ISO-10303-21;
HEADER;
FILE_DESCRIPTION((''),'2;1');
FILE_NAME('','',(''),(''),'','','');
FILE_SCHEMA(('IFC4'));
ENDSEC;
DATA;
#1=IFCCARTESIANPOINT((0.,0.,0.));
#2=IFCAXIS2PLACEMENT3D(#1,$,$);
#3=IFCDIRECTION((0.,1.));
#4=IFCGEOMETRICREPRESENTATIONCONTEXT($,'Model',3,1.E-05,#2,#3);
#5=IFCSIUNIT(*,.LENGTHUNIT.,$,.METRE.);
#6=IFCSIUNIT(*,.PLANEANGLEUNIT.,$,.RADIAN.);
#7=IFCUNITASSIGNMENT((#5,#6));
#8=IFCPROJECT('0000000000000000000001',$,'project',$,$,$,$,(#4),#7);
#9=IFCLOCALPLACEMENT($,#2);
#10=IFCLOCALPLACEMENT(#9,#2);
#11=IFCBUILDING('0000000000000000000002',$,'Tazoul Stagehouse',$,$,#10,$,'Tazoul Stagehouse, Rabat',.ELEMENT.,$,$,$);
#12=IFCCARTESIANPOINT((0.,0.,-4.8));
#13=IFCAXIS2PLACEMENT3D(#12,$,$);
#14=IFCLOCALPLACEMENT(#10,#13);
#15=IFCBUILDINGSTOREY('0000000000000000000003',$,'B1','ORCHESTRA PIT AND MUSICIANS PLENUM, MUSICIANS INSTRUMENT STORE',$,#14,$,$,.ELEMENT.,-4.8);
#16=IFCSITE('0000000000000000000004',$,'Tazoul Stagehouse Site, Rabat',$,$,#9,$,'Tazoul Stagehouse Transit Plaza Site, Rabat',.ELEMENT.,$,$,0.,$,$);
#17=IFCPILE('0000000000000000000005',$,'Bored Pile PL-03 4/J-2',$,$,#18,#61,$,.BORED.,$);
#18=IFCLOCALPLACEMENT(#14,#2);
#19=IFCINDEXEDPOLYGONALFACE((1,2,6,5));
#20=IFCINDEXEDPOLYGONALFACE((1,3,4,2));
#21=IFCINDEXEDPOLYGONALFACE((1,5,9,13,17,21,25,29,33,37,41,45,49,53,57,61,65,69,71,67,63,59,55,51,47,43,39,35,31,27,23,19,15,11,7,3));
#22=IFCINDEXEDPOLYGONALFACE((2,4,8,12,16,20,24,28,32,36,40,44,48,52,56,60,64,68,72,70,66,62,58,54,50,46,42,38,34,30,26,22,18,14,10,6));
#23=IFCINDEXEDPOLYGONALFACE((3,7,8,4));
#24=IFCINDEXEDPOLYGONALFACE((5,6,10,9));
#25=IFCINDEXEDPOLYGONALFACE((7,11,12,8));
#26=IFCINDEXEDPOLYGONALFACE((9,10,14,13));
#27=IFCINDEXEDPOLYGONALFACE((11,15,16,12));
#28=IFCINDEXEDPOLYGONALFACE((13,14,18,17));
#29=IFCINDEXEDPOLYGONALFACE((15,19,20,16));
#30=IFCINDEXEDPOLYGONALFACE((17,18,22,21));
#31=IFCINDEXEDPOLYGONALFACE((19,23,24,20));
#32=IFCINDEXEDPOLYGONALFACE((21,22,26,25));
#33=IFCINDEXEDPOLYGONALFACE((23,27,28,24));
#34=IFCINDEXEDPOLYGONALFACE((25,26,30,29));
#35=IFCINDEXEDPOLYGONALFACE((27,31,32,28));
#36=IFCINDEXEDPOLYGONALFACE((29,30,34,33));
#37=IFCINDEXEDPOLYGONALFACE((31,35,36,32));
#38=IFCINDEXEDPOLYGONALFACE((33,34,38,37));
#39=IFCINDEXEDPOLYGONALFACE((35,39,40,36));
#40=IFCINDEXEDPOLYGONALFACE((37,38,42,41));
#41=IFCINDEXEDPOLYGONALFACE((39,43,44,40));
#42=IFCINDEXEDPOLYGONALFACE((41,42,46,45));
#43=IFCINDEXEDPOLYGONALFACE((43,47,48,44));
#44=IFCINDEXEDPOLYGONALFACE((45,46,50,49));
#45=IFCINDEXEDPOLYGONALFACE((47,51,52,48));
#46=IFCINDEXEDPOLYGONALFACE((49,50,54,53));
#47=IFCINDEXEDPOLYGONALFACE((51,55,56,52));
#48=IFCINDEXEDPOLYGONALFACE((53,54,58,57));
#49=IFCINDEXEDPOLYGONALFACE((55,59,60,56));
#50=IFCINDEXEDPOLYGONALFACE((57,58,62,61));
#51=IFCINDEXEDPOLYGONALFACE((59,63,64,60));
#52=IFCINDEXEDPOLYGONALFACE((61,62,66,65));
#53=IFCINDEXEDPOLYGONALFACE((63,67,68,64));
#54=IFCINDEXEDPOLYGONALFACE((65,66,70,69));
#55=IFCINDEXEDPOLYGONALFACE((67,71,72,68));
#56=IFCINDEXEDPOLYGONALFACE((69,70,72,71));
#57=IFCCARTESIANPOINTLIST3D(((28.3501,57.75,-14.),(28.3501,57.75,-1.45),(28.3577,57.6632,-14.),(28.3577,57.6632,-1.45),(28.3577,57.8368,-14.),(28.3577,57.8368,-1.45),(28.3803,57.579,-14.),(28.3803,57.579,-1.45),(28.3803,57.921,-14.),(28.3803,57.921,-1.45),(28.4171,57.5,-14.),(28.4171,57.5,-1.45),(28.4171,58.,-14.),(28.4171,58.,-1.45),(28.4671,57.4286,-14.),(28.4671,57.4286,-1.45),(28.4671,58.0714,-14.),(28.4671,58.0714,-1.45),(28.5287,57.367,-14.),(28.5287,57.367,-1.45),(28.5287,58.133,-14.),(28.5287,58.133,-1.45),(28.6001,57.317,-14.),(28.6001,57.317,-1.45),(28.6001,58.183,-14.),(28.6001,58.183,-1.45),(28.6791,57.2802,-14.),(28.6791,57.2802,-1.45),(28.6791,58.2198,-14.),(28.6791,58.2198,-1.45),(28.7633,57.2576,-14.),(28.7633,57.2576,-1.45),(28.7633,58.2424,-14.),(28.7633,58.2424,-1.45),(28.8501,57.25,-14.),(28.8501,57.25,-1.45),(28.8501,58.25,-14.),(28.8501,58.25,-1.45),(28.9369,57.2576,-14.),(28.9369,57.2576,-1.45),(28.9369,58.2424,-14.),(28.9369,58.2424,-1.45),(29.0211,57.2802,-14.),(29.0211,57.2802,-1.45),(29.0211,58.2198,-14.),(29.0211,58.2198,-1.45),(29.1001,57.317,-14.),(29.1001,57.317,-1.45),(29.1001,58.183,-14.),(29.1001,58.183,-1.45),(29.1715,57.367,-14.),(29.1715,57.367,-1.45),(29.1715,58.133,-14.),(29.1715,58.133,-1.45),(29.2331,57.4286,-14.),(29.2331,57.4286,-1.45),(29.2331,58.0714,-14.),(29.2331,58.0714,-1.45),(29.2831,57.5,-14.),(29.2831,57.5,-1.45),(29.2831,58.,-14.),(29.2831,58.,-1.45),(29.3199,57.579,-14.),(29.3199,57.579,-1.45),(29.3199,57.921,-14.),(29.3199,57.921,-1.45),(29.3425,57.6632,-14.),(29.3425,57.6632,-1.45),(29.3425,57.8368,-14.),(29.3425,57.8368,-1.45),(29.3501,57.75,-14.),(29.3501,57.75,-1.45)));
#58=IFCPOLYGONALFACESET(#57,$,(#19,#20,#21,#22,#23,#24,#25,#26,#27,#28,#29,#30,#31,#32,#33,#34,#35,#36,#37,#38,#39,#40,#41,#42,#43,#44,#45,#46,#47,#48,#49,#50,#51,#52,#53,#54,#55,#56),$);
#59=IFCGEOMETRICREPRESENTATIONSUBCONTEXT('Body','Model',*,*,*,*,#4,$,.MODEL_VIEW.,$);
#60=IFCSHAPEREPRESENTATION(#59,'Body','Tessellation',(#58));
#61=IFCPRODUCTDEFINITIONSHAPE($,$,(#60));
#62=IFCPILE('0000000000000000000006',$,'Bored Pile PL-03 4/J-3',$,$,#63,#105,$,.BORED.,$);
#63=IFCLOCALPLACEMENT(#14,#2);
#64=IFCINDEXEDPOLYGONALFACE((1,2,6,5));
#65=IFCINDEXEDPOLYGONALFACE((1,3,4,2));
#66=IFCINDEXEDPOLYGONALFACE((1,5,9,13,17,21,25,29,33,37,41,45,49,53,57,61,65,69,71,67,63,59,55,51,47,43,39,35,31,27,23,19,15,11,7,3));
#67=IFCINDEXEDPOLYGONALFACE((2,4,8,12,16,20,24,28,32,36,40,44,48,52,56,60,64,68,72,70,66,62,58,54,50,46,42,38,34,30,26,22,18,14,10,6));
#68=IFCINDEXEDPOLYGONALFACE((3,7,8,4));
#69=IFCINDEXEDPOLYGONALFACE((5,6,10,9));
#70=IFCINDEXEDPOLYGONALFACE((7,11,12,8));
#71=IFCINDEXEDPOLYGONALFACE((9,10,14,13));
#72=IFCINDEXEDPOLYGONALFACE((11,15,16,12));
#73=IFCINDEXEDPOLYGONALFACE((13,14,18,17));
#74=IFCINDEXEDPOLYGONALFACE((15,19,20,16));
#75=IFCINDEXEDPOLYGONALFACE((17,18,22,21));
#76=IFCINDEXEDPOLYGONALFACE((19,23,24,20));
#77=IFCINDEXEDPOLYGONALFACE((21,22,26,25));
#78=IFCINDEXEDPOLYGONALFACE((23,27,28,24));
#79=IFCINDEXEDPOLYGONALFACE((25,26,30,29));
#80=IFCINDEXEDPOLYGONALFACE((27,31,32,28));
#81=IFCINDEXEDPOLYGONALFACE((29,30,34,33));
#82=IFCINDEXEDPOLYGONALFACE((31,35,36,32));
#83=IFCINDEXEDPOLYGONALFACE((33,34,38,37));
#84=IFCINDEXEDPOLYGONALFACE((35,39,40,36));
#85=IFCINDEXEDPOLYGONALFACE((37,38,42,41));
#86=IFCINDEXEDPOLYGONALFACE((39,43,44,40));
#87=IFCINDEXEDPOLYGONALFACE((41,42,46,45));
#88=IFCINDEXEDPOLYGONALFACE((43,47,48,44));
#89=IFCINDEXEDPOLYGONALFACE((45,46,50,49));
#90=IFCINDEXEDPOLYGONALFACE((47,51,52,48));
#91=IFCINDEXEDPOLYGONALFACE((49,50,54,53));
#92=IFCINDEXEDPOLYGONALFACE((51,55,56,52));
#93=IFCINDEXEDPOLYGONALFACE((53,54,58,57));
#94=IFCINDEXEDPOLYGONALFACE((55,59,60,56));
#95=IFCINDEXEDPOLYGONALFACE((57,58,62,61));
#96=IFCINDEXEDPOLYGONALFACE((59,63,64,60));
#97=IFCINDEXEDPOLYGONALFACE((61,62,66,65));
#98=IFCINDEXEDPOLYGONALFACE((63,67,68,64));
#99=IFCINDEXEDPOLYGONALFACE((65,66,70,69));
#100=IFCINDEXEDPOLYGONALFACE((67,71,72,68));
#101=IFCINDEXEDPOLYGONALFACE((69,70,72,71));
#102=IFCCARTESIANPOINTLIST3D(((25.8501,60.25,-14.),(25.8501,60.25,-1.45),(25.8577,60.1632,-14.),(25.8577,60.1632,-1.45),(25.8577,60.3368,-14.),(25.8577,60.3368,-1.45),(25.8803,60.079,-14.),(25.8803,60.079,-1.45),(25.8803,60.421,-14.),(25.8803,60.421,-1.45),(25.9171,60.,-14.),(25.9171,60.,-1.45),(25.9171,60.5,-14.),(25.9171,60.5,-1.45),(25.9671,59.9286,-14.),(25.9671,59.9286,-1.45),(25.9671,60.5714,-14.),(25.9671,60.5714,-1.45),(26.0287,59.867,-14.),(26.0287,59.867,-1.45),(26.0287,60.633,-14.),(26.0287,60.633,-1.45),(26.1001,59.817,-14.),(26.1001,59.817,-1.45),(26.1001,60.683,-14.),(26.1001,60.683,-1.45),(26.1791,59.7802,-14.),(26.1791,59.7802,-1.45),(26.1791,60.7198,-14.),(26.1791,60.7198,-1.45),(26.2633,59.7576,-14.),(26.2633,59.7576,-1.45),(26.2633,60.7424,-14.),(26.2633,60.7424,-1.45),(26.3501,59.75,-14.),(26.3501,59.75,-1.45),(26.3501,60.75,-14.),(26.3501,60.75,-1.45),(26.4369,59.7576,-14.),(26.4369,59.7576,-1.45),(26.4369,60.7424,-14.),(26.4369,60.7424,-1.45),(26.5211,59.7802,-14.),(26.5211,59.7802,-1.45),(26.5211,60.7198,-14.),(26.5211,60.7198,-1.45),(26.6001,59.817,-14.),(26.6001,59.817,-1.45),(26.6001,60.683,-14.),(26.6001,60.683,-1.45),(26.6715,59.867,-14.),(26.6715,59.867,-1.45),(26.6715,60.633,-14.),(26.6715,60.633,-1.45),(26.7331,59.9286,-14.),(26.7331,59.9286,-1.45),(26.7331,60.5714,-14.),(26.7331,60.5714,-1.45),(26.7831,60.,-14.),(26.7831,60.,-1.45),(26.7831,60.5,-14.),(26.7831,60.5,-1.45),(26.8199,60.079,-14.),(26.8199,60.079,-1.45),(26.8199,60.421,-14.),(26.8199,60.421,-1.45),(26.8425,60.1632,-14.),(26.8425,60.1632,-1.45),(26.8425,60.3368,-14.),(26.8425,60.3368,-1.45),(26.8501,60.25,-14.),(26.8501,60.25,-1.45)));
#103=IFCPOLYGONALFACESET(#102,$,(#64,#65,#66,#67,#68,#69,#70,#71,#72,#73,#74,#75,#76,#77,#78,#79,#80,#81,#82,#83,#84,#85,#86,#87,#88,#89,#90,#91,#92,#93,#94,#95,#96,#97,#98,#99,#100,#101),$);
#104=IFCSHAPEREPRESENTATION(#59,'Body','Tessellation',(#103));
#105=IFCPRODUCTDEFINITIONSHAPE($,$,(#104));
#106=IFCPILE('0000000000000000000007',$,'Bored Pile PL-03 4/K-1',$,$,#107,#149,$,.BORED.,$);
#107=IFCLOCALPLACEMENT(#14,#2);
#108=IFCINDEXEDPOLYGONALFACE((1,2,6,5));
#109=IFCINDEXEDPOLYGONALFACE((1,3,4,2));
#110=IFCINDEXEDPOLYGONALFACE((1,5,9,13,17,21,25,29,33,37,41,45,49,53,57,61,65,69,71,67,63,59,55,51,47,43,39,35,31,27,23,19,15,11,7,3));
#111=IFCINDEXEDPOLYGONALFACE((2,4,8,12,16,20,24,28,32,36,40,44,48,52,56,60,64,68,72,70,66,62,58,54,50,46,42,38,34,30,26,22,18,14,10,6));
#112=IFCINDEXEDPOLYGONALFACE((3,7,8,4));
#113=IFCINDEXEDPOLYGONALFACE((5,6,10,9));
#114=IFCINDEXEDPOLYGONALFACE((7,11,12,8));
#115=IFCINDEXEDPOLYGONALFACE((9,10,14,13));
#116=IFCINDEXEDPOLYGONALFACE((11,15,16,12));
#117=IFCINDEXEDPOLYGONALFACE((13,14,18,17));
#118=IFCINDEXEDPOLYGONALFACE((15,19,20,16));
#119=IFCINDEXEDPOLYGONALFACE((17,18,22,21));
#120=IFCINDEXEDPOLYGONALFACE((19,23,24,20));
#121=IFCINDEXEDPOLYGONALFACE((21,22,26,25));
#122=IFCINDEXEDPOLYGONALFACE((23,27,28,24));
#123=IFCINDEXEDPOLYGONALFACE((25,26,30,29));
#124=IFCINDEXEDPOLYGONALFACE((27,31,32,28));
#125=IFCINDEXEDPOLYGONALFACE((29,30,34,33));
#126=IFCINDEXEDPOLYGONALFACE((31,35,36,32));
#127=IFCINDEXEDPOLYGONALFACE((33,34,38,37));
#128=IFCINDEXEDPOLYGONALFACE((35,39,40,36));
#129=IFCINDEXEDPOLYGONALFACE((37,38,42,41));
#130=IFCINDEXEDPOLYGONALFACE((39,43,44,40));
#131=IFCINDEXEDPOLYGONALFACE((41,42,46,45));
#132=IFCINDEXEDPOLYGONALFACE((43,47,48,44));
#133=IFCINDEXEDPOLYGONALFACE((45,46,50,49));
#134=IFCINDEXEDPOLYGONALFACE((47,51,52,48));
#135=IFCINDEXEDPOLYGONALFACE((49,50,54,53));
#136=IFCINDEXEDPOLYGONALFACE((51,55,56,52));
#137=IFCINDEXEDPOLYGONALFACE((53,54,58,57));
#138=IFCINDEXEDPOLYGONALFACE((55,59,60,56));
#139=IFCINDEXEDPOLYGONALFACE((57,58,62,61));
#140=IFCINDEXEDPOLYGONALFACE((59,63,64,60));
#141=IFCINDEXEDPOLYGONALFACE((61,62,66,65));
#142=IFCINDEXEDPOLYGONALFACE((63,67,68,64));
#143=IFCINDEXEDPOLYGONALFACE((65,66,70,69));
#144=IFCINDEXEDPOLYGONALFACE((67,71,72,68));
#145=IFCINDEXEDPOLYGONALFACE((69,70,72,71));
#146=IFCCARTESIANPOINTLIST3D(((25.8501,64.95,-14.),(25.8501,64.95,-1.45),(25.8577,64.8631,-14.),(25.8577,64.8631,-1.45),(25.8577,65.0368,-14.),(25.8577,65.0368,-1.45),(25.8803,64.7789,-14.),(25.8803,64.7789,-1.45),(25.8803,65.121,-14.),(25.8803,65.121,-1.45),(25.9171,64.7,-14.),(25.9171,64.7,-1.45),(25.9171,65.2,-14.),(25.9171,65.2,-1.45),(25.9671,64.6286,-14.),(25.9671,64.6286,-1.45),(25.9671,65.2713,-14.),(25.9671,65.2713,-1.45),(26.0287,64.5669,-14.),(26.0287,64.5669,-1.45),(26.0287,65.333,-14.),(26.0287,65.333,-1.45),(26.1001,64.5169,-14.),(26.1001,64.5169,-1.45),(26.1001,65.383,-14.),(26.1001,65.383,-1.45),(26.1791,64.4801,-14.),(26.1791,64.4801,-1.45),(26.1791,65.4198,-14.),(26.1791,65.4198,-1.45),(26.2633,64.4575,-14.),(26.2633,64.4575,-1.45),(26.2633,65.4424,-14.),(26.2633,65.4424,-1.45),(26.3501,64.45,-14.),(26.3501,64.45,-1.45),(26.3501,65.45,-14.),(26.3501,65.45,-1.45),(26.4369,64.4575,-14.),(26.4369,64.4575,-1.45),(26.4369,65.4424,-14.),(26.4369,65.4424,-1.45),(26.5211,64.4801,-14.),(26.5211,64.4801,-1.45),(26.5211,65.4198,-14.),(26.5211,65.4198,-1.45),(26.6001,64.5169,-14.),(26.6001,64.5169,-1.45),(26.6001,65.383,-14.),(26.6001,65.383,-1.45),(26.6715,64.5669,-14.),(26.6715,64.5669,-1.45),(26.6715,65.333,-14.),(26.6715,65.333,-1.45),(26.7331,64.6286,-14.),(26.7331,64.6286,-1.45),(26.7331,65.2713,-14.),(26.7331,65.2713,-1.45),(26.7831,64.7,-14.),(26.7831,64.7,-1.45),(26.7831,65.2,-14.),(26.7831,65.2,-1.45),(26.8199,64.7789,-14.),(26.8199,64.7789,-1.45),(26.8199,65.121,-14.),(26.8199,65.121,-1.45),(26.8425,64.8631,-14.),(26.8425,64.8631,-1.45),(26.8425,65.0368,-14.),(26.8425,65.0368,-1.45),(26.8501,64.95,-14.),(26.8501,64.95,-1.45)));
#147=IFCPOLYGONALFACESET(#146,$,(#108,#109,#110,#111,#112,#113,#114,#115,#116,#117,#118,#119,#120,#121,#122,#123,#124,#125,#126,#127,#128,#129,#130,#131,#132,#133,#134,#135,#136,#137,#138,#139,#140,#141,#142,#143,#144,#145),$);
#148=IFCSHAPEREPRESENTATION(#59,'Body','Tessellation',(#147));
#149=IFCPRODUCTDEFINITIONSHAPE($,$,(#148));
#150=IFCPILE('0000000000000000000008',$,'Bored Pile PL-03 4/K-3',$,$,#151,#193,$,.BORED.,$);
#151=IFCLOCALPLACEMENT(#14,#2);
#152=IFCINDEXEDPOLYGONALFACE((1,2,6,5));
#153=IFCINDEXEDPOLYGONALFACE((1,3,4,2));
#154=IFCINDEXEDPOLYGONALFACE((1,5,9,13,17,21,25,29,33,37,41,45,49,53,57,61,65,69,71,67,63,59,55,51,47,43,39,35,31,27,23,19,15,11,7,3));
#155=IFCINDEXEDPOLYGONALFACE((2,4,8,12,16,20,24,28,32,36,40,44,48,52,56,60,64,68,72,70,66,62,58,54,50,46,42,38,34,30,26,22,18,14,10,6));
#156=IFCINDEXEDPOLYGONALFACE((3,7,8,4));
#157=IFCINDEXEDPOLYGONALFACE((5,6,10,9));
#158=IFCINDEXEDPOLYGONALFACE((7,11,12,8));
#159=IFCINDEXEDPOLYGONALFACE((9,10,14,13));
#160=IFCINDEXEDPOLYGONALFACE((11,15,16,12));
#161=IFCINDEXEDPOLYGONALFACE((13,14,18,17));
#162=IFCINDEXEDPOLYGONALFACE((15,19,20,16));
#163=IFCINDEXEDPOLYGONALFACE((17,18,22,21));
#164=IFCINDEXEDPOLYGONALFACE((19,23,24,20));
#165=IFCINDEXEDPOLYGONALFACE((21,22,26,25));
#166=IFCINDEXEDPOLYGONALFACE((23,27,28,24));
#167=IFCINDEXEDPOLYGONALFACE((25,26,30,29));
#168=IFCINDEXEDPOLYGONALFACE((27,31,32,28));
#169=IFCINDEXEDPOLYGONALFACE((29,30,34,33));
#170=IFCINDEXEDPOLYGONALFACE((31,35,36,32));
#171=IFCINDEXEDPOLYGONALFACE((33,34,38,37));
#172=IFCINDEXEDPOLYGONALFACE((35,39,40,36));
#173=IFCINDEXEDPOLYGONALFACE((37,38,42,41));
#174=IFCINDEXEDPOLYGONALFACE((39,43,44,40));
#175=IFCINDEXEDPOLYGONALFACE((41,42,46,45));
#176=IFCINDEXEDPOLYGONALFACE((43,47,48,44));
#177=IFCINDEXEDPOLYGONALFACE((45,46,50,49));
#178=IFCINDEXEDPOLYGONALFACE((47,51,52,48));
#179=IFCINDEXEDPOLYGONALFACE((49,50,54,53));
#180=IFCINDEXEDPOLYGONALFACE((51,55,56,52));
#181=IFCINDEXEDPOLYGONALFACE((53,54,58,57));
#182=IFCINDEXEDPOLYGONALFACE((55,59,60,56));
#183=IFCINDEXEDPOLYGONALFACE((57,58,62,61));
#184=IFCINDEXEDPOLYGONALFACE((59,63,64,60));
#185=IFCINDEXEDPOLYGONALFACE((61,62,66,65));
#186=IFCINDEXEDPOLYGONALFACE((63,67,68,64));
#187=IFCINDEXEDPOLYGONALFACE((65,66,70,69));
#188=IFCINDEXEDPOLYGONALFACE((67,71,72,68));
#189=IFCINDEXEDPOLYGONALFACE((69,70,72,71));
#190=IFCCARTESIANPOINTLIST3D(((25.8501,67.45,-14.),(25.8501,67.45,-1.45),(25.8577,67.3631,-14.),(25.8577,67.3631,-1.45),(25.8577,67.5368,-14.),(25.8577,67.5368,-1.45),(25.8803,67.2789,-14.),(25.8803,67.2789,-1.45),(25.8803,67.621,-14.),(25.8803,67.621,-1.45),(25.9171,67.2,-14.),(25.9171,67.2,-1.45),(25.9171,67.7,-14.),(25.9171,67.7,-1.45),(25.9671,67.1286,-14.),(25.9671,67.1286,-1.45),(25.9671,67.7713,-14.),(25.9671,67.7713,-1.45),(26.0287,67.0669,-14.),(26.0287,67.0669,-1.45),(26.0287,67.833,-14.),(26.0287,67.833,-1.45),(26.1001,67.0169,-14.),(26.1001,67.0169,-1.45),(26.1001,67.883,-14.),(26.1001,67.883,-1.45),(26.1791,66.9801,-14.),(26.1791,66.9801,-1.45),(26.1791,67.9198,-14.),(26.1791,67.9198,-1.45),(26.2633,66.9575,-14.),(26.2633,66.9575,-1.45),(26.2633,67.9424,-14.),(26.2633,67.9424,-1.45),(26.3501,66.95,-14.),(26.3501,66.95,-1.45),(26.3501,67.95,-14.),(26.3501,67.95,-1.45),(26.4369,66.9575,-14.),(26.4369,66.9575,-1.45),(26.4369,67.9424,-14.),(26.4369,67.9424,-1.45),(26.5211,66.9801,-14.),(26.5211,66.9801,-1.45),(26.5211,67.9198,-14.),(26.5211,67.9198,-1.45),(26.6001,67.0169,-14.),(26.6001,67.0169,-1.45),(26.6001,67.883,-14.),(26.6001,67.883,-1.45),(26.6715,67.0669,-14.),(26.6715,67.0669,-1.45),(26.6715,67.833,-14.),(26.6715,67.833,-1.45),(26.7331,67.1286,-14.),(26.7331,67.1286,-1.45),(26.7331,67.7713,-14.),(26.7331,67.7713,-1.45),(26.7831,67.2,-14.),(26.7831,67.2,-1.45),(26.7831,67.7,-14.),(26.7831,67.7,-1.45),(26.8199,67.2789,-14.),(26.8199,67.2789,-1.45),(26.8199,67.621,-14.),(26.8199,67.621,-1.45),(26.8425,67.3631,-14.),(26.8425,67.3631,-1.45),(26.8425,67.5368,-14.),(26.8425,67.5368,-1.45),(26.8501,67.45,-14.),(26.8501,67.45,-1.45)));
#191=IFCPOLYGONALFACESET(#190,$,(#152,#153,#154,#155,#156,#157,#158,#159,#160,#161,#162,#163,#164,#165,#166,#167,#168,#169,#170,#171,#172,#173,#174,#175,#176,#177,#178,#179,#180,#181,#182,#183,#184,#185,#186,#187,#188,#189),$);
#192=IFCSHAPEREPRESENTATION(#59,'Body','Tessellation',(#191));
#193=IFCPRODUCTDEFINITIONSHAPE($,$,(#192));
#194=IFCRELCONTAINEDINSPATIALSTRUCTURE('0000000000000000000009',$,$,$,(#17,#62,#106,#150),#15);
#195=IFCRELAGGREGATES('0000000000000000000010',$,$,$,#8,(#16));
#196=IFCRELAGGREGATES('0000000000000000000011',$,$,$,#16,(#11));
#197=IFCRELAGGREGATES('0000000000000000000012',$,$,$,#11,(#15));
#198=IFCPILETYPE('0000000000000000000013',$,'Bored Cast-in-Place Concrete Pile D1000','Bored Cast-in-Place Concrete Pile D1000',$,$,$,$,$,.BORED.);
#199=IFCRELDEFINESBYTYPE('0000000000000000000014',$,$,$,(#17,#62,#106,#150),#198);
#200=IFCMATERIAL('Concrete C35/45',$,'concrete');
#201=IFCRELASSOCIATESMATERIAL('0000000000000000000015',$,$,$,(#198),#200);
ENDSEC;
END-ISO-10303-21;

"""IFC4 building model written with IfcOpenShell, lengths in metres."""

from ifc_helpers import new_model, si_unit, direction, frame, origin, origin_2d, place, context, subcontext, project, spatial, circle, extrude, material, material_profile, profile_set, type_object, element, save


model = new_model("IFC4")

# Units and contexts
model_context = context("Model", 3, precision=1e-05, world=origin(), true_north=direction((0.0, 1.0)))
body_context = subcontext(model_context, "Body", "Model", "MODEL_VIEW")
ifc_project = project(units=[si_unit("LENGTHUNIT", "METRE"), si_unit("PLANEANGLEUNIT", "RADIAN")], contexts=[model_context])

# Site, building, storey
site_placement = place(None, origin())
site = spatial("IfcSite", under=ifc_project, at=site_placement, Name="Tazoul Stagehouse Site, Rabat", LongName="Tazoul Stagehouse Transit Plaza Site, Rabat", CompositionType="ELEMENT", RefElevation=0.0)
building_placement = place(site_placement, origin())
building = spatial("IfcBuilding", under=site, at=building_placement, Name="Tazoul Stagehouse", LongName="Tazoul Stagehouse, Rabat", CompositionType="ELEMENT")
storey_placement = place(building_placement, frame((0.0, 0.0, -4.8)))
storey = spatial("IfcBuildingStorey", under=building, at=storey_placement, Name="B1", Description="ORCHESTRA PIT AND MUSICIANS PLENUM, MUSICIANS INSTRUMENT STORE", CompositionType="ELEMENT", Elevation=-4.8)

# Piles
ifc_material_1 = material(Name="Concrete C35/45", Category="concrete")
ifc_material_profile_1 = material_profile(ifc_material_1, circle(Radius=0.5, at=origin_2d()), Name="BORED PILE 1000")
ifc_profile_set_1 = profile_set([ifc_material_profile_1], Name="Concrete C35/45")
pile_type_1 = type_object("IfcPileType", Name="Bored Cast-in-Place Concrete Pile D1000", Description="Bored Cast-in-Place Concrete Pile D1000", PredefinedType="BORED", material=ifc_profile_set_1)
for number, where, z_axis, x_axis, name in (
    (1, (28.8501, 57.75, -1.45), (0.0, 0.0, -1.0), (1.0, 0.0, 0.0), "Bored Pile PL-03 4/J-2"),
    (2, (26.3501, 60.25, -1.45), (0.0, 0.0, -1.0), (1.0, 0.0, 0.0), "Bored Pile PL-03 4/J-3"),
    (3, (26.3501, 64.95, -1.45), (0.0, 0.0, -1.0), (1.0, 0.0, 0.0), "Bored Pile PL-03 4/K-1"),
    (4, (26.3501, 67.45, -1.45), (0.0, 0.0, -1.0), (1.0, 0.0, 0.0), "Bored Pile PL-03 4/K-3"),
):
    element("IfcPile", number, at=place(storey_placement, frame(where, z_axis=z_axis, x_axis=x_axis)), inside=storey, type_object=pile_type_1, Name=name, PredefinedType="BORED", context=body_context, shape_type="SweptSolid", body=[
        extrude(circle(Radius=0.5, at=origin_2d()), origin(), (0.0, 0.0, 1.0), 12.55),
    ])

save(model, "model.ifc")
